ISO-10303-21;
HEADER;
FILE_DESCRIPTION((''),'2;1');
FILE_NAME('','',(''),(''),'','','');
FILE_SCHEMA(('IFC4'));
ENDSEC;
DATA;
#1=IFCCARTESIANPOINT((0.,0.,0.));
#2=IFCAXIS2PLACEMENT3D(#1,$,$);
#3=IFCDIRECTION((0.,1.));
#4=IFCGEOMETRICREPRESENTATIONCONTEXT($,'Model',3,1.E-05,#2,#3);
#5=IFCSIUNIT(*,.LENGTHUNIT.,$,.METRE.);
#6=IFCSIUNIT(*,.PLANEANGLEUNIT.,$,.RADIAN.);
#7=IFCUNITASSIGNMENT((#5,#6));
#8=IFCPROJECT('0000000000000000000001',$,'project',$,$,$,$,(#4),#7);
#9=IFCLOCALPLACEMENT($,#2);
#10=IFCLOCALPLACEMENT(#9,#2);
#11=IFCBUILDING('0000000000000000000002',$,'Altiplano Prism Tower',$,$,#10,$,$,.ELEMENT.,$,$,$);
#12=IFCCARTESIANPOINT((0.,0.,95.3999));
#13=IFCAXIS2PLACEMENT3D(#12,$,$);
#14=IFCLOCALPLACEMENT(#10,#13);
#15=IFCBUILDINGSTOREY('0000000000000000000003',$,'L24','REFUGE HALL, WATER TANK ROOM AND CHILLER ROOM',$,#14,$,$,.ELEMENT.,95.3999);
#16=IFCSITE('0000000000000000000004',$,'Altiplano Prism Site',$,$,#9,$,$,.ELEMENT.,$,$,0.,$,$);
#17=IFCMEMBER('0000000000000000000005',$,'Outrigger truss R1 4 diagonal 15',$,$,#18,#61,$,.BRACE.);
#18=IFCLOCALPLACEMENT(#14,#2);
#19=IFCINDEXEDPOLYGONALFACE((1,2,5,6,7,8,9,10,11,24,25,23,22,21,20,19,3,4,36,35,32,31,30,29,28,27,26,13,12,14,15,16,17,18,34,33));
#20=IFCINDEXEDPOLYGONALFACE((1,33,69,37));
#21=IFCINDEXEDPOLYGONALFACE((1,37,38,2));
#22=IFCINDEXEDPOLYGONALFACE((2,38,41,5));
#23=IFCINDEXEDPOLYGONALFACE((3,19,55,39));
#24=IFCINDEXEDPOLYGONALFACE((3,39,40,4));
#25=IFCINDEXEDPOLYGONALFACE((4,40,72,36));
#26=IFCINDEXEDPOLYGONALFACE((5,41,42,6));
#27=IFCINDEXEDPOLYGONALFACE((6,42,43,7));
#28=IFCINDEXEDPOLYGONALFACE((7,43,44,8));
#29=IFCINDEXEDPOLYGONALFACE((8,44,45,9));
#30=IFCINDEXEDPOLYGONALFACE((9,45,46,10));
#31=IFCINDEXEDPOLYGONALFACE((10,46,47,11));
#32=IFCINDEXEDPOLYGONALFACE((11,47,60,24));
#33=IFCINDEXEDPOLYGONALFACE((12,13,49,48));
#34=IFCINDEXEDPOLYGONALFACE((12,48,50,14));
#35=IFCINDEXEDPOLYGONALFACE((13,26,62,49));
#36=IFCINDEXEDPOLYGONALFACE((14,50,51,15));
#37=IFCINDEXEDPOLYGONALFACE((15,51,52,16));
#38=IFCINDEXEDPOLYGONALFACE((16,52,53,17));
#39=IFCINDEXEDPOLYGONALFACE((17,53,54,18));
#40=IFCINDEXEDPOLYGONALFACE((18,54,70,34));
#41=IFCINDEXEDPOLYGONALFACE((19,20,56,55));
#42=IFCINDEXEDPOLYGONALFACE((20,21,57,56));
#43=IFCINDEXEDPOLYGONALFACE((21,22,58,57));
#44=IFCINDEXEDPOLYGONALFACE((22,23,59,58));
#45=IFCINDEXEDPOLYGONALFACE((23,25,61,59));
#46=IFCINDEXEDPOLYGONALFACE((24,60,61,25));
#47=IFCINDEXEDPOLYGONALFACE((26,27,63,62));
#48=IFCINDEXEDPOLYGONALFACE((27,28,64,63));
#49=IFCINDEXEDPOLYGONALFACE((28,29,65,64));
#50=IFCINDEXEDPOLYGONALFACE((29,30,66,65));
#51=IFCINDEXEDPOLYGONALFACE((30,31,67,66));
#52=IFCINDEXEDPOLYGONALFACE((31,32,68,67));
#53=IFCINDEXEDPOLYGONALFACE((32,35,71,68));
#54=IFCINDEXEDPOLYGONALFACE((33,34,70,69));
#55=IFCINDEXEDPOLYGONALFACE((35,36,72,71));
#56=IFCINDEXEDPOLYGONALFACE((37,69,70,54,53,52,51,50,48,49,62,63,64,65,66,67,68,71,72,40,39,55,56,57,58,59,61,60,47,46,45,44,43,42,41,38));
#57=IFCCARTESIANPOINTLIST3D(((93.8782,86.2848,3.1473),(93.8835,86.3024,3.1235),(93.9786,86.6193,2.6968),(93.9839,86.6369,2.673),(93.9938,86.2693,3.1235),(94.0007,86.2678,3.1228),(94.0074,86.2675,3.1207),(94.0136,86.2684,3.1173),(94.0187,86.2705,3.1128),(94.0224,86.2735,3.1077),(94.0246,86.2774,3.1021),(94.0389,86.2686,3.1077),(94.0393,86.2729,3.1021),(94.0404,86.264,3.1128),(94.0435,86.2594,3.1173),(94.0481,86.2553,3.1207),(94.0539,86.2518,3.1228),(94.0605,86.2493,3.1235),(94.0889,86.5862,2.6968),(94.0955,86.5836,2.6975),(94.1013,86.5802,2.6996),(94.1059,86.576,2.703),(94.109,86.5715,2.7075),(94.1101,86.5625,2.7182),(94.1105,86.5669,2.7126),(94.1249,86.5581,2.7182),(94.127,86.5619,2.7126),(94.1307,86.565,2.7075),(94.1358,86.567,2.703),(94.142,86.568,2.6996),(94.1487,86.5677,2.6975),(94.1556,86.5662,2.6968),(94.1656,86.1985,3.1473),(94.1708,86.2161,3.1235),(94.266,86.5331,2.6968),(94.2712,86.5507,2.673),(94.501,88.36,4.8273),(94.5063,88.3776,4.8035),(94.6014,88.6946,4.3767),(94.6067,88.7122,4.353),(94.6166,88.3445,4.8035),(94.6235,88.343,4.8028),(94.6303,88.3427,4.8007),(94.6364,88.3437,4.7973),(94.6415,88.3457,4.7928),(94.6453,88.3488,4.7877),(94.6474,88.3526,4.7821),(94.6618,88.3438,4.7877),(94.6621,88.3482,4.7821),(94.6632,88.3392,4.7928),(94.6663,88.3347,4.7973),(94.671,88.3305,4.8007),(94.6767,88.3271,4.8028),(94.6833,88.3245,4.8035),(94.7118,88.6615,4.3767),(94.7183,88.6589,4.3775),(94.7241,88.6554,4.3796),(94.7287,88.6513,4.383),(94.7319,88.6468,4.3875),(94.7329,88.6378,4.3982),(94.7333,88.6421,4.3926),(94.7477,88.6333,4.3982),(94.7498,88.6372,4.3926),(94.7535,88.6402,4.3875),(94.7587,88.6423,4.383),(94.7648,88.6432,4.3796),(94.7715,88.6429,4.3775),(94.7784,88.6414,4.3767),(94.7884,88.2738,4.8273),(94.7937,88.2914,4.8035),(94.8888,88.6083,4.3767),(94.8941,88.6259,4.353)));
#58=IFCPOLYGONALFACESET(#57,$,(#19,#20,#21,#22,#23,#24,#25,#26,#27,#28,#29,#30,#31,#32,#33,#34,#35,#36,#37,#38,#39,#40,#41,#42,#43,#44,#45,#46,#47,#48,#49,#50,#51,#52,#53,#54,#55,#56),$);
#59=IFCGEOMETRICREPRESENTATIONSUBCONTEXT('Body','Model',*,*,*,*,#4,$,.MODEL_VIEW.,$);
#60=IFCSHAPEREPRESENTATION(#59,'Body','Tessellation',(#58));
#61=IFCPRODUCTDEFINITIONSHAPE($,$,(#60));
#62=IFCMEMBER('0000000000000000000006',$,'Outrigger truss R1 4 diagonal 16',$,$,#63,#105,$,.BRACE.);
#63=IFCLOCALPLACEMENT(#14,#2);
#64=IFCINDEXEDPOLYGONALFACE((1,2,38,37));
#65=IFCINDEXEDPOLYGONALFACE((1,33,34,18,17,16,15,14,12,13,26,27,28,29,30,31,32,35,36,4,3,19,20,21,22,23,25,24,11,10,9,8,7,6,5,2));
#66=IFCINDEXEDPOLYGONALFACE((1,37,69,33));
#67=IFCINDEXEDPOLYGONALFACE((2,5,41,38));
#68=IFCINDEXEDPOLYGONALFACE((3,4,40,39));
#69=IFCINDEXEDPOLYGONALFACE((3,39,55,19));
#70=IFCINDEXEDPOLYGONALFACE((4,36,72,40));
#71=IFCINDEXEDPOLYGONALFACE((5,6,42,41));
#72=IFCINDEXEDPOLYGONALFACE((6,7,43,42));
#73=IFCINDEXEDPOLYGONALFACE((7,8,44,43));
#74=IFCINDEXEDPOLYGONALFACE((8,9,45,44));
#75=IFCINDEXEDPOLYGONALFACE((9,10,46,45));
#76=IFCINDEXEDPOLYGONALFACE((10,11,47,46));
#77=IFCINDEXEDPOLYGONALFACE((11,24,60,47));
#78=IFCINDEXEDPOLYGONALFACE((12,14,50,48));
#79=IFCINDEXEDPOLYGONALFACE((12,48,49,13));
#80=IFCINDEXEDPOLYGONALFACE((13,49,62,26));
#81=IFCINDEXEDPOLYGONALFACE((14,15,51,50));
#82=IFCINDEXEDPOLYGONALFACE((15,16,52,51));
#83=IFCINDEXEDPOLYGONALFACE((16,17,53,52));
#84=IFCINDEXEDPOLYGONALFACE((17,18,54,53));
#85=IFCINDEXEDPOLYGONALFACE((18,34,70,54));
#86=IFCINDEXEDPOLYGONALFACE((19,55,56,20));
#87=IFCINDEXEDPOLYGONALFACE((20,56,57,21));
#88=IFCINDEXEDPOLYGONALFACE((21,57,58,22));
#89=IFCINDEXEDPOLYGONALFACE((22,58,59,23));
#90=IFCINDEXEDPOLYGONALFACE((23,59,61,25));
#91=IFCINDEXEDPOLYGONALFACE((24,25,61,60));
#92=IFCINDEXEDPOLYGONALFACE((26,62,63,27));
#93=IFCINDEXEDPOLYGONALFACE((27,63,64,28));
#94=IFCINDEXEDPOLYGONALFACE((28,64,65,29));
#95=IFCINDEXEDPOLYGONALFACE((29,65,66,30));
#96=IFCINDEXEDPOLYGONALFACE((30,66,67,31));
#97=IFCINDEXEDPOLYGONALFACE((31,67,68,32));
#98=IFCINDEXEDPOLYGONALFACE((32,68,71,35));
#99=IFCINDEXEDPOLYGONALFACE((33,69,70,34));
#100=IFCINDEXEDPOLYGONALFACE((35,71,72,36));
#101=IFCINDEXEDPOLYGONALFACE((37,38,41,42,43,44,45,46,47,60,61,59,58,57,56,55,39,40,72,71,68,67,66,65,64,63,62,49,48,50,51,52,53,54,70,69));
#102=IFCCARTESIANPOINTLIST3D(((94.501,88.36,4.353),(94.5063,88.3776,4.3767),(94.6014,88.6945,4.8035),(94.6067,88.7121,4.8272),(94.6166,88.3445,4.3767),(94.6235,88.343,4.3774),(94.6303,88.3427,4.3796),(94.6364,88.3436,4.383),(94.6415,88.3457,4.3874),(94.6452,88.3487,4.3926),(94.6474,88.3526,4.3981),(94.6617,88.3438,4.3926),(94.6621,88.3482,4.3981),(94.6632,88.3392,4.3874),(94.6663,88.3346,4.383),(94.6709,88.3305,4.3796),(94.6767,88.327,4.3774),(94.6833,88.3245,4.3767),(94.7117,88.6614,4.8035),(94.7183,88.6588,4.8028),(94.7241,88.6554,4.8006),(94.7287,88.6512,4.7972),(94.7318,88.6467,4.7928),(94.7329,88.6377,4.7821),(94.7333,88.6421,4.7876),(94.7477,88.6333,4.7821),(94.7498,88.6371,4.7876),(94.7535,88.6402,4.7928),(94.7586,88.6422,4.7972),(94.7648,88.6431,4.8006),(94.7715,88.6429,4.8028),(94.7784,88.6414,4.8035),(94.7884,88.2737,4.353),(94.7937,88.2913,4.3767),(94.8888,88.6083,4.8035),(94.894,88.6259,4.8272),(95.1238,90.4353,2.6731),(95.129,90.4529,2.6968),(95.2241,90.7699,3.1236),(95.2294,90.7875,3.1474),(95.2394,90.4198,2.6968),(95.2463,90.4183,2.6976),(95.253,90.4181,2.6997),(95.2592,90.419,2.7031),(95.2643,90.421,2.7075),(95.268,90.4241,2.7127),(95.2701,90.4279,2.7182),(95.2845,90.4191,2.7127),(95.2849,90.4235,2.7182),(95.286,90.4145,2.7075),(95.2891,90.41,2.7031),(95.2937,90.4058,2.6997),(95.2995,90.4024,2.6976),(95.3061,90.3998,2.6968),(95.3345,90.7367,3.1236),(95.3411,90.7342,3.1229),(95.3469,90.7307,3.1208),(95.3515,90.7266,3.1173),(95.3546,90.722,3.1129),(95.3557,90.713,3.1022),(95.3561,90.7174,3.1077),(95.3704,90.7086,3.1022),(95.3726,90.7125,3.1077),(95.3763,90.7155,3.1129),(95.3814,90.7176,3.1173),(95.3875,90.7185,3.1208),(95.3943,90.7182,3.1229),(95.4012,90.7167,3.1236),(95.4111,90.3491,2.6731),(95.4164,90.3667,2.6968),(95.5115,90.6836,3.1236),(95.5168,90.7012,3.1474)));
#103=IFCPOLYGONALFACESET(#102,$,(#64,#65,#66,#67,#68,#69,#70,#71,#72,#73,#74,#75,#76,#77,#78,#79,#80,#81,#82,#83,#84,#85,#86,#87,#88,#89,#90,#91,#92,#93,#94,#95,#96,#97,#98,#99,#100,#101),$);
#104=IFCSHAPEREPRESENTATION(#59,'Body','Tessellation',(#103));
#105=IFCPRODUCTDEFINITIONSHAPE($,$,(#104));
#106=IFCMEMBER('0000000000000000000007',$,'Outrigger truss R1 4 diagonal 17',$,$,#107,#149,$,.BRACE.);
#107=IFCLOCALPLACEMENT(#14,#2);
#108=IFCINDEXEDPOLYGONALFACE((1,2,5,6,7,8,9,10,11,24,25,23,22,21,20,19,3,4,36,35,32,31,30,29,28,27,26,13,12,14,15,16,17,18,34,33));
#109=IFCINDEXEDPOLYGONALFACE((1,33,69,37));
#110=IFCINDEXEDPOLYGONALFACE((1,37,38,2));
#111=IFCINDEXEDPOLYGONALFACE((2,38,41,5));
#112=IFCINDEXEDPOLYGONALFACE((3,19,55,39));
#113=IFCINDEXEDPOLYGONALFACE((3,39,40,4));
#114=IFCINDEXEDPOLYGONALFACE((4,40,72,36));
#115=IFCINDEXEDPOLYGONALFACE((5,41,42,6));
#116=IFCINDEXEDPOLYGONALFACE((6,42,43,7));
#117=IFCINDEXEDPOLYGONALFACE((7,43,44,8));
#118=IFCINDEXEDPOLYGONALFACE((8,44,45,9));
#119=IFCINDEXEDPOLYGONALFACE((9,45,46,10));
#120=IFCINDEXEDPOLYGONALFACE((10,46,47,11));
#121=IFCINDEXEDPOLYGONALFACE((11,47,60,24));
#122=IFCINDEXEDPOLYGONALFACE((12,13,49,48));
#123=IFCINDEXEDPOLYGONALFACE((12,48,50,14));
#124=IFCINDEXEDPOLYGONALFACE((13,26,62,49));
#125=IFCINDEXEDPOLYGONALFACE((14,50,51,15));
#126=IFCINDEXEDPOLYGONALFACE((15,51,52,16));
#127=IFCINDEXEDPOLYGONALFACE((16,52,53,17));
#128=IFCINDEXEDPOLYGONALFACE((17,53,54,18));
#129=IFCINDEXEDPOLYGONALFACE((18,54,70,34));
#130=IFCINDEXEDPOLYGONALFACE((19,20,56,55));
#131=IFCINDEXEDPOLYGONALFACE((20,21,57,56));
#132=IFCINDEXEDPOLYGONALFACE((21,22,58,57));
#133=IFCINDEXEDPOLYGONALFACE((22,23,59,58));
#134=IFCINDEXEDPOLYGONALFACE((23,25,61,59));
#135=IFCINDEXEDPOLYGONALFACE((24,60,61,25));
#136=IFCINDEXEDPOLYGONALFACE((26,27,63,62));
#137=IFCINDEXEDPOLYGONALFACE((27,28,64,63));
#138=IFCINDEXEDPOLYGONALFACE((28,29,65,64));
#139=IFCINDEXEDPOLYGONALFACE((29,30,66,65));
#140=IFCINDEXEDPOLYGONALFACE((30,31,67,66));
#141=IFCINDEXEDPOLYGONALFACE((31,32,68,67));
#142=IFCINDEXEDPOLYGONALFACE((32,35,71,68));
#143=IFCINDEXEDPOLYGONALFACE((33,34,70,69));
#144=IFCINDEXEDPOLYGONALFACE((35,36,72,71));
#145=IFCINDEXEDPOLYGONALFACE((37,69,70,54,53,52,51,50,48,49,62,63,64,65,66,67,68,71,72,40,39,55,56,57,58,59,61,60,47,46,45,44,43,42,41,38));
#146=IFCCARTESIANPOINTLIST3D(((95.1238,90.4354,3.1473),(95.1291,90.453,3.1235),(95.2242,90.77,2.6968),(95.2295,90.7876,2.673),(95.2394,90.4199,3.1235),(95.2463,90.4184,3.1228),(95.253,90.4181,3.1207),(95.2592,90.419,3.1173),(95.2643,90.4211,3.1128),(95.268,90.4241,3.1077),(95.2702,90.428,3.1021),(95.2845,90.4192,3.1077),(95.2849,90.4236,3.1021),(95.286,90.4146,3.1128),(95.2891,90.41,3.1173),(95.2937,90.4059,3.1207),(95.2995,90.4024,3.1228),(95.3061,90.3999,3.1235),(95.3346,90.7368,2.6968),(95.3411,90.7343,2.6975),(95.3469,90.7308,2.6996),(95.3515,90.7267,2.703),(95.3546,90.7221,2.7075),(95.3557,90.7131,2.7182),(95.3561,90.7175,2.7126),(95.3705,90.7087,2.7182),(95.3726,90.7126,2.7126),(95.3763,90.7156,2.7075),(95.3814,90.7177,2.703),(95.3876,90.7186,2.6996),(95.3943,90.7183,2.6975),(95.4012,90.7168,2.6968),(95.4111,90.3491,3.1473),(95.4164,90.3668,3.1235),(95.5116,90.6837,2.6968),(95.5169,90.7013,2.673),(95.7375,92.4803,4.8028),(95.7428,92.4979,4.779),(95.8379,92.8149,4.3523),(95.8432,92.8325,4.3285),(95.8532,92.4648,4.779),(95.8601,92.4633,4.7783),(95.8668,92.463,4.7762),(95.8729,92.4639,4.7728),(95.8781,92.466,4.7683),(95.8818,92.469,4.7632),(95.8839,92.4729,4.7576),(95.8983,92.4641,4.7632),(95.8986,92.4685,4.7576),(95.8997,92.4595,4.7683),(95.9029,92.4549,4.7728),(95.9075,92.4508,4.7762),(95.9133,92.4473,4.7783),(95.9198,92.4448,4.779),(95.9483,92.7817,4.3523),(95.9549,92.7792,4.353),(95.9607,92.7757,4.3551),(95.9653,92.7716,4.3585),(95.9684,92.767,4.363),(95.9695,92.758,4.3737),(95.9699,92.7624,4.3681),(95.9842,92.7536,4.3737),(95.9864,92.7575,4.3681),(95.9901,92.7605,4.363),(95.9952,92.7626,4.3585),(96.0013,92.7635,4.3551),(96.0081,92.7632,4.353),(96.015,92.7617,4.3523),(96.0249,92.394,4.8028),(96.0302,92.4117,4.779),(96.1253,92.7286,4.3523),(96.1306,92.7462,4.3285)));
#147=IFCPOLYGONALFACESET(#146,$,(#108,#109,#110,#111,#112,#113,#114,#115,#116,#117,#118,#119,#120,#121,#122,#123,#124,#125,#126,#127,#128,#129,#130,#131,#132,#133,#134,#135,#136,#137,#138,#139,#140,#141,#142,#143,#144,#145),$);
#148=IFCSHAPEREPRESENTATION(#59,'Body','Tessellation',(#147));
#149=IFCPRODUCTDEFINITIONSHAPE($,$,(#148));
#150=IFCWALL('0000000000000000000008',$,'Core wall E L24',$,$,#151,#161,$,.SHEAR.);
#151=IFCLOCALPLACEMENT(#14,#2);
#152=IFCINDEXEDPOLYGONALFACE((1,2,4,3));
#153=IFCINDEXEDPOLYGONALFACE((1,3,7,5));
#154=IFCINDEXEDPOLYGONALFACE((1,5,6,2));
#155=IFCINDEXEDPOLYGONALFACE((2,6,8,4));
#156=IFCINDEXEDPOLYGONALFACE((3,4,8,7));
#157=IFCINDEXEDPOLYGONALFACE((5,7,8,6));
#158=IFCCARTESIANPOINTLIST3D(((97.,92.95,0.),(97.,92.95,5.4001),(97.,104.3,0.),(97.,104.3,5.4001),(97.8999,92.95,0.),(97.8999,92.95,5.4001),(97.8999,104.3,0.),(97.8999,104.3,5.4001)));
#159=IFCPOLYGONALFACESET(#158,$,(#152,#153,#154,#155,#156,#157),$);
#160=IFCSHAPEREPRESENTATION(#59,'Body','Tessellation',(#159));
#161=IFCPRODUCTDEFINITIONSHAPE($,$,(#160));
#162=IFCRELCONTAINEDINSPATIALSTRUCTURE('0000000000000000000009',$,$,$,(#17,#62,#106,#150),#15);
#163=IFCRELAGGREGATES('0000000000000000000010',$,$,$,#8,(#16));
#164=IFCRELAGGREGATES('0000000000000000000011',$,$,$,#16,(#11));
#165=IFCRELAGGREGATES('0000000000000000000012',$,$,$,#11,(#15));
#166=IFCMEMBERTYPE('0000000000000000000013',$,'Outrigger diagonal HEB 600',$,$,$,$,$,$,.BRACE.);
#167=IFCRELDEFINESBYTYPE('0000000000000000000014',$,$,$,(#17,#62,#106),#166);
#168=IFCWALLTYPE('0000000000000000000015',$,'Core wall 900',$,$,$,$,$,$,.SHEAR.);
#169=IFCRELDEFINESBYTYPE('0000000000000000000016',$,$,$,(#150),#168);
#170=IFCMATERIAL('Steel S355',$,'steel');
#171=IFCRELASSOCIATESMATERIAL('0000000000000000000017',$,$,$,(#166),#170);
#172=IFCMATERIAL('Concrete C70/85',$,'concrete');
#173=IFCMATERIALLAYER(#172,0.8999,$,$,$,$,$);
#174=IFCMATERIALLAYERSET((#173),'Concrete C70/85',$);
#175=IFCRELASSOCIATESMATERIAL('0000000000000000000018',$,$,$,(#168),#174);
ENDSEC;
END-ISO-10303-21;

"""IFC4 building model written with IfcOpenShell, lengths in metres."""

from ifc_helpers import new_model, si_unit, direction, frame, frame_2d, origin, origin_2d, place, context, subcontext, project, spatial, rectangle, i_section, extrude, material, layer, layer_set, material_profile, profile_set, type_object, element, save


model = new_model("IFC4")

# Units and contexts
model_context = context("Model", 3, precision=1e-05, world=origin(), true_north=direction((0.0, 1.0)))
body_context = subcontext(model_context, "Body", "Model", "MODEL_VIEW")
ifc_project = project(units=[si_unit("LENGTHUNIT", "METRE"), si_unit("PLANEANGLEUNIT", "RADIAN")], contexts=[model_context])

# Site, building, storey
site_placement = place(None, origin())
site = spatial("IfcSite", under=ifc_project, at=site_placement, Name="Altiplano Prism Site", CompositionType="ELEMENT", RefElevation=0.0)
building_placement = place(site_placement, origin())
building = spatial("IfcBuilding", under=site, at=building_placement, Name="Altiplano Prism Tower", CompositionType="ELEMENT")
storey_placement = place(building_placement, frame((0.0, 0.0, 95.3999)))
storey = spatial("IfcBuildingStorey", under=building, at=storey_placement, Name="L24", Description="REFUGE HALL, WATER TANK ROOM AND CHILLER ROOM", CompositionType="ELEMENT", Elevation=95.3999)

# Members
ifc_material_1 = material(Name="Steel S355", Category="steel")
ifc_material_profile_1 = material_profile(ifc_material_1, i_section(OverallWidth=0.3, OverallDepth=0.6001, WebThickness=0.0154, FlangeThickness=0.03, FilletRadius=0.0271, at=origin_2d()), Name="Outrigger diagonal HEB 600")
ifc_profile_set_1 = profile_set([ifc_material_profile_1], Name="Steel S355")
member_type_1 = type_object("IfcMemberType", Name="Outrigger diagonal HEB 600", PredefinedType="BRACE", material=ifc_profile_set_1)
for number, where, z_axis, x_axis, name in (
    (1, (94.0747, 86.4177, 2.9102), (0.227166, 0.756923, 0.612751), (-0.957795, 0.287451, 0.0), "Outrigger truss R1 4 diagonal 15"),
    (2, (94.6975, 88.4929, 4.5901), (0.227151, 0.756961, -0.61271), (-0.957805, 0.28742, 0.0), "Outrigger truss R1 4 diagonal 16"),
):
    element("IfcMember", number, at=place(storey_placement, frame(where, z_axis=z_axis, x_axis=x_axis)), inside=storey, type_object=member_type_1, Name=name, PredefinedType="BRACE", context=body_context, shape_type="SweptSolid", body=[
        extrude(i_section(OverallWidth=0.3, OverallDepth=0.6001, WebThickness=0.0154, FlangeThickness=0.03, FilletRadius=0.0271, at=origin_2d()), origin(), (0.0, 0.0, 1.0), 2.7417),
    ])
member_placement = place(storey_placement, frame((95.3203, 90.5684, 2.9102), z_axis=(0.227179, 0.756903, 0.61277), x_axis=(-0.957789, 0.287474, 0.0)))
element("IfcMember", 3, at=member_placement, inside=storey, type_object=member_type_1, Name="Outrigger truss R1 4 diagonal 17", PredefinedType="BRACE", context=body_context, shape_type="SweptSolid", body=[
    extrude(i_section(OverallWidth=0.3, OverallDepth=0.6001, WebThickness=0.0154, FlangeThickness=0.03, FilletRadius=0.0271, at=origin_2d()), origin(), (0.0, 0.0, 1.0), 2.7017),
])

# Wall
ifc_material_2 = material(Name="Concrete C70/85", Category="concrete")
ifc_layer_1 = layer(ifc_material_2, 0.8999)
ifc_layer_set_1 = layer_set([ifc_layer_1], Name="Concrete C70/85")
wall_type_1 = type_object("IfcWallType", Name="Core wall 900", PredefinedType="SHEAR", material=ifc_layer_set_1)
wall_1_placement = place(storey_placement, frame((97.45, 92.95, 0.0), z_axis=(0.0, 0.0, 1.0), x_axis=(0.0, 1.0, 0.0)))
element("IfcWall", 4, at=wall_1_placement, inside=storey, type_object=wall_type_1, Name="Core wall E L24", PredefinedType="SHEAR", context=body_context, shape_type="SweptSolid", body=[
    extrude(rectangle(XDim=11.3501, YDim=0.8999, at=frame_2d((5.675, 0.0))), origin(), (0.0, 0.0, 1.0), 5.4001),
])

save(model, "model.ifc")
